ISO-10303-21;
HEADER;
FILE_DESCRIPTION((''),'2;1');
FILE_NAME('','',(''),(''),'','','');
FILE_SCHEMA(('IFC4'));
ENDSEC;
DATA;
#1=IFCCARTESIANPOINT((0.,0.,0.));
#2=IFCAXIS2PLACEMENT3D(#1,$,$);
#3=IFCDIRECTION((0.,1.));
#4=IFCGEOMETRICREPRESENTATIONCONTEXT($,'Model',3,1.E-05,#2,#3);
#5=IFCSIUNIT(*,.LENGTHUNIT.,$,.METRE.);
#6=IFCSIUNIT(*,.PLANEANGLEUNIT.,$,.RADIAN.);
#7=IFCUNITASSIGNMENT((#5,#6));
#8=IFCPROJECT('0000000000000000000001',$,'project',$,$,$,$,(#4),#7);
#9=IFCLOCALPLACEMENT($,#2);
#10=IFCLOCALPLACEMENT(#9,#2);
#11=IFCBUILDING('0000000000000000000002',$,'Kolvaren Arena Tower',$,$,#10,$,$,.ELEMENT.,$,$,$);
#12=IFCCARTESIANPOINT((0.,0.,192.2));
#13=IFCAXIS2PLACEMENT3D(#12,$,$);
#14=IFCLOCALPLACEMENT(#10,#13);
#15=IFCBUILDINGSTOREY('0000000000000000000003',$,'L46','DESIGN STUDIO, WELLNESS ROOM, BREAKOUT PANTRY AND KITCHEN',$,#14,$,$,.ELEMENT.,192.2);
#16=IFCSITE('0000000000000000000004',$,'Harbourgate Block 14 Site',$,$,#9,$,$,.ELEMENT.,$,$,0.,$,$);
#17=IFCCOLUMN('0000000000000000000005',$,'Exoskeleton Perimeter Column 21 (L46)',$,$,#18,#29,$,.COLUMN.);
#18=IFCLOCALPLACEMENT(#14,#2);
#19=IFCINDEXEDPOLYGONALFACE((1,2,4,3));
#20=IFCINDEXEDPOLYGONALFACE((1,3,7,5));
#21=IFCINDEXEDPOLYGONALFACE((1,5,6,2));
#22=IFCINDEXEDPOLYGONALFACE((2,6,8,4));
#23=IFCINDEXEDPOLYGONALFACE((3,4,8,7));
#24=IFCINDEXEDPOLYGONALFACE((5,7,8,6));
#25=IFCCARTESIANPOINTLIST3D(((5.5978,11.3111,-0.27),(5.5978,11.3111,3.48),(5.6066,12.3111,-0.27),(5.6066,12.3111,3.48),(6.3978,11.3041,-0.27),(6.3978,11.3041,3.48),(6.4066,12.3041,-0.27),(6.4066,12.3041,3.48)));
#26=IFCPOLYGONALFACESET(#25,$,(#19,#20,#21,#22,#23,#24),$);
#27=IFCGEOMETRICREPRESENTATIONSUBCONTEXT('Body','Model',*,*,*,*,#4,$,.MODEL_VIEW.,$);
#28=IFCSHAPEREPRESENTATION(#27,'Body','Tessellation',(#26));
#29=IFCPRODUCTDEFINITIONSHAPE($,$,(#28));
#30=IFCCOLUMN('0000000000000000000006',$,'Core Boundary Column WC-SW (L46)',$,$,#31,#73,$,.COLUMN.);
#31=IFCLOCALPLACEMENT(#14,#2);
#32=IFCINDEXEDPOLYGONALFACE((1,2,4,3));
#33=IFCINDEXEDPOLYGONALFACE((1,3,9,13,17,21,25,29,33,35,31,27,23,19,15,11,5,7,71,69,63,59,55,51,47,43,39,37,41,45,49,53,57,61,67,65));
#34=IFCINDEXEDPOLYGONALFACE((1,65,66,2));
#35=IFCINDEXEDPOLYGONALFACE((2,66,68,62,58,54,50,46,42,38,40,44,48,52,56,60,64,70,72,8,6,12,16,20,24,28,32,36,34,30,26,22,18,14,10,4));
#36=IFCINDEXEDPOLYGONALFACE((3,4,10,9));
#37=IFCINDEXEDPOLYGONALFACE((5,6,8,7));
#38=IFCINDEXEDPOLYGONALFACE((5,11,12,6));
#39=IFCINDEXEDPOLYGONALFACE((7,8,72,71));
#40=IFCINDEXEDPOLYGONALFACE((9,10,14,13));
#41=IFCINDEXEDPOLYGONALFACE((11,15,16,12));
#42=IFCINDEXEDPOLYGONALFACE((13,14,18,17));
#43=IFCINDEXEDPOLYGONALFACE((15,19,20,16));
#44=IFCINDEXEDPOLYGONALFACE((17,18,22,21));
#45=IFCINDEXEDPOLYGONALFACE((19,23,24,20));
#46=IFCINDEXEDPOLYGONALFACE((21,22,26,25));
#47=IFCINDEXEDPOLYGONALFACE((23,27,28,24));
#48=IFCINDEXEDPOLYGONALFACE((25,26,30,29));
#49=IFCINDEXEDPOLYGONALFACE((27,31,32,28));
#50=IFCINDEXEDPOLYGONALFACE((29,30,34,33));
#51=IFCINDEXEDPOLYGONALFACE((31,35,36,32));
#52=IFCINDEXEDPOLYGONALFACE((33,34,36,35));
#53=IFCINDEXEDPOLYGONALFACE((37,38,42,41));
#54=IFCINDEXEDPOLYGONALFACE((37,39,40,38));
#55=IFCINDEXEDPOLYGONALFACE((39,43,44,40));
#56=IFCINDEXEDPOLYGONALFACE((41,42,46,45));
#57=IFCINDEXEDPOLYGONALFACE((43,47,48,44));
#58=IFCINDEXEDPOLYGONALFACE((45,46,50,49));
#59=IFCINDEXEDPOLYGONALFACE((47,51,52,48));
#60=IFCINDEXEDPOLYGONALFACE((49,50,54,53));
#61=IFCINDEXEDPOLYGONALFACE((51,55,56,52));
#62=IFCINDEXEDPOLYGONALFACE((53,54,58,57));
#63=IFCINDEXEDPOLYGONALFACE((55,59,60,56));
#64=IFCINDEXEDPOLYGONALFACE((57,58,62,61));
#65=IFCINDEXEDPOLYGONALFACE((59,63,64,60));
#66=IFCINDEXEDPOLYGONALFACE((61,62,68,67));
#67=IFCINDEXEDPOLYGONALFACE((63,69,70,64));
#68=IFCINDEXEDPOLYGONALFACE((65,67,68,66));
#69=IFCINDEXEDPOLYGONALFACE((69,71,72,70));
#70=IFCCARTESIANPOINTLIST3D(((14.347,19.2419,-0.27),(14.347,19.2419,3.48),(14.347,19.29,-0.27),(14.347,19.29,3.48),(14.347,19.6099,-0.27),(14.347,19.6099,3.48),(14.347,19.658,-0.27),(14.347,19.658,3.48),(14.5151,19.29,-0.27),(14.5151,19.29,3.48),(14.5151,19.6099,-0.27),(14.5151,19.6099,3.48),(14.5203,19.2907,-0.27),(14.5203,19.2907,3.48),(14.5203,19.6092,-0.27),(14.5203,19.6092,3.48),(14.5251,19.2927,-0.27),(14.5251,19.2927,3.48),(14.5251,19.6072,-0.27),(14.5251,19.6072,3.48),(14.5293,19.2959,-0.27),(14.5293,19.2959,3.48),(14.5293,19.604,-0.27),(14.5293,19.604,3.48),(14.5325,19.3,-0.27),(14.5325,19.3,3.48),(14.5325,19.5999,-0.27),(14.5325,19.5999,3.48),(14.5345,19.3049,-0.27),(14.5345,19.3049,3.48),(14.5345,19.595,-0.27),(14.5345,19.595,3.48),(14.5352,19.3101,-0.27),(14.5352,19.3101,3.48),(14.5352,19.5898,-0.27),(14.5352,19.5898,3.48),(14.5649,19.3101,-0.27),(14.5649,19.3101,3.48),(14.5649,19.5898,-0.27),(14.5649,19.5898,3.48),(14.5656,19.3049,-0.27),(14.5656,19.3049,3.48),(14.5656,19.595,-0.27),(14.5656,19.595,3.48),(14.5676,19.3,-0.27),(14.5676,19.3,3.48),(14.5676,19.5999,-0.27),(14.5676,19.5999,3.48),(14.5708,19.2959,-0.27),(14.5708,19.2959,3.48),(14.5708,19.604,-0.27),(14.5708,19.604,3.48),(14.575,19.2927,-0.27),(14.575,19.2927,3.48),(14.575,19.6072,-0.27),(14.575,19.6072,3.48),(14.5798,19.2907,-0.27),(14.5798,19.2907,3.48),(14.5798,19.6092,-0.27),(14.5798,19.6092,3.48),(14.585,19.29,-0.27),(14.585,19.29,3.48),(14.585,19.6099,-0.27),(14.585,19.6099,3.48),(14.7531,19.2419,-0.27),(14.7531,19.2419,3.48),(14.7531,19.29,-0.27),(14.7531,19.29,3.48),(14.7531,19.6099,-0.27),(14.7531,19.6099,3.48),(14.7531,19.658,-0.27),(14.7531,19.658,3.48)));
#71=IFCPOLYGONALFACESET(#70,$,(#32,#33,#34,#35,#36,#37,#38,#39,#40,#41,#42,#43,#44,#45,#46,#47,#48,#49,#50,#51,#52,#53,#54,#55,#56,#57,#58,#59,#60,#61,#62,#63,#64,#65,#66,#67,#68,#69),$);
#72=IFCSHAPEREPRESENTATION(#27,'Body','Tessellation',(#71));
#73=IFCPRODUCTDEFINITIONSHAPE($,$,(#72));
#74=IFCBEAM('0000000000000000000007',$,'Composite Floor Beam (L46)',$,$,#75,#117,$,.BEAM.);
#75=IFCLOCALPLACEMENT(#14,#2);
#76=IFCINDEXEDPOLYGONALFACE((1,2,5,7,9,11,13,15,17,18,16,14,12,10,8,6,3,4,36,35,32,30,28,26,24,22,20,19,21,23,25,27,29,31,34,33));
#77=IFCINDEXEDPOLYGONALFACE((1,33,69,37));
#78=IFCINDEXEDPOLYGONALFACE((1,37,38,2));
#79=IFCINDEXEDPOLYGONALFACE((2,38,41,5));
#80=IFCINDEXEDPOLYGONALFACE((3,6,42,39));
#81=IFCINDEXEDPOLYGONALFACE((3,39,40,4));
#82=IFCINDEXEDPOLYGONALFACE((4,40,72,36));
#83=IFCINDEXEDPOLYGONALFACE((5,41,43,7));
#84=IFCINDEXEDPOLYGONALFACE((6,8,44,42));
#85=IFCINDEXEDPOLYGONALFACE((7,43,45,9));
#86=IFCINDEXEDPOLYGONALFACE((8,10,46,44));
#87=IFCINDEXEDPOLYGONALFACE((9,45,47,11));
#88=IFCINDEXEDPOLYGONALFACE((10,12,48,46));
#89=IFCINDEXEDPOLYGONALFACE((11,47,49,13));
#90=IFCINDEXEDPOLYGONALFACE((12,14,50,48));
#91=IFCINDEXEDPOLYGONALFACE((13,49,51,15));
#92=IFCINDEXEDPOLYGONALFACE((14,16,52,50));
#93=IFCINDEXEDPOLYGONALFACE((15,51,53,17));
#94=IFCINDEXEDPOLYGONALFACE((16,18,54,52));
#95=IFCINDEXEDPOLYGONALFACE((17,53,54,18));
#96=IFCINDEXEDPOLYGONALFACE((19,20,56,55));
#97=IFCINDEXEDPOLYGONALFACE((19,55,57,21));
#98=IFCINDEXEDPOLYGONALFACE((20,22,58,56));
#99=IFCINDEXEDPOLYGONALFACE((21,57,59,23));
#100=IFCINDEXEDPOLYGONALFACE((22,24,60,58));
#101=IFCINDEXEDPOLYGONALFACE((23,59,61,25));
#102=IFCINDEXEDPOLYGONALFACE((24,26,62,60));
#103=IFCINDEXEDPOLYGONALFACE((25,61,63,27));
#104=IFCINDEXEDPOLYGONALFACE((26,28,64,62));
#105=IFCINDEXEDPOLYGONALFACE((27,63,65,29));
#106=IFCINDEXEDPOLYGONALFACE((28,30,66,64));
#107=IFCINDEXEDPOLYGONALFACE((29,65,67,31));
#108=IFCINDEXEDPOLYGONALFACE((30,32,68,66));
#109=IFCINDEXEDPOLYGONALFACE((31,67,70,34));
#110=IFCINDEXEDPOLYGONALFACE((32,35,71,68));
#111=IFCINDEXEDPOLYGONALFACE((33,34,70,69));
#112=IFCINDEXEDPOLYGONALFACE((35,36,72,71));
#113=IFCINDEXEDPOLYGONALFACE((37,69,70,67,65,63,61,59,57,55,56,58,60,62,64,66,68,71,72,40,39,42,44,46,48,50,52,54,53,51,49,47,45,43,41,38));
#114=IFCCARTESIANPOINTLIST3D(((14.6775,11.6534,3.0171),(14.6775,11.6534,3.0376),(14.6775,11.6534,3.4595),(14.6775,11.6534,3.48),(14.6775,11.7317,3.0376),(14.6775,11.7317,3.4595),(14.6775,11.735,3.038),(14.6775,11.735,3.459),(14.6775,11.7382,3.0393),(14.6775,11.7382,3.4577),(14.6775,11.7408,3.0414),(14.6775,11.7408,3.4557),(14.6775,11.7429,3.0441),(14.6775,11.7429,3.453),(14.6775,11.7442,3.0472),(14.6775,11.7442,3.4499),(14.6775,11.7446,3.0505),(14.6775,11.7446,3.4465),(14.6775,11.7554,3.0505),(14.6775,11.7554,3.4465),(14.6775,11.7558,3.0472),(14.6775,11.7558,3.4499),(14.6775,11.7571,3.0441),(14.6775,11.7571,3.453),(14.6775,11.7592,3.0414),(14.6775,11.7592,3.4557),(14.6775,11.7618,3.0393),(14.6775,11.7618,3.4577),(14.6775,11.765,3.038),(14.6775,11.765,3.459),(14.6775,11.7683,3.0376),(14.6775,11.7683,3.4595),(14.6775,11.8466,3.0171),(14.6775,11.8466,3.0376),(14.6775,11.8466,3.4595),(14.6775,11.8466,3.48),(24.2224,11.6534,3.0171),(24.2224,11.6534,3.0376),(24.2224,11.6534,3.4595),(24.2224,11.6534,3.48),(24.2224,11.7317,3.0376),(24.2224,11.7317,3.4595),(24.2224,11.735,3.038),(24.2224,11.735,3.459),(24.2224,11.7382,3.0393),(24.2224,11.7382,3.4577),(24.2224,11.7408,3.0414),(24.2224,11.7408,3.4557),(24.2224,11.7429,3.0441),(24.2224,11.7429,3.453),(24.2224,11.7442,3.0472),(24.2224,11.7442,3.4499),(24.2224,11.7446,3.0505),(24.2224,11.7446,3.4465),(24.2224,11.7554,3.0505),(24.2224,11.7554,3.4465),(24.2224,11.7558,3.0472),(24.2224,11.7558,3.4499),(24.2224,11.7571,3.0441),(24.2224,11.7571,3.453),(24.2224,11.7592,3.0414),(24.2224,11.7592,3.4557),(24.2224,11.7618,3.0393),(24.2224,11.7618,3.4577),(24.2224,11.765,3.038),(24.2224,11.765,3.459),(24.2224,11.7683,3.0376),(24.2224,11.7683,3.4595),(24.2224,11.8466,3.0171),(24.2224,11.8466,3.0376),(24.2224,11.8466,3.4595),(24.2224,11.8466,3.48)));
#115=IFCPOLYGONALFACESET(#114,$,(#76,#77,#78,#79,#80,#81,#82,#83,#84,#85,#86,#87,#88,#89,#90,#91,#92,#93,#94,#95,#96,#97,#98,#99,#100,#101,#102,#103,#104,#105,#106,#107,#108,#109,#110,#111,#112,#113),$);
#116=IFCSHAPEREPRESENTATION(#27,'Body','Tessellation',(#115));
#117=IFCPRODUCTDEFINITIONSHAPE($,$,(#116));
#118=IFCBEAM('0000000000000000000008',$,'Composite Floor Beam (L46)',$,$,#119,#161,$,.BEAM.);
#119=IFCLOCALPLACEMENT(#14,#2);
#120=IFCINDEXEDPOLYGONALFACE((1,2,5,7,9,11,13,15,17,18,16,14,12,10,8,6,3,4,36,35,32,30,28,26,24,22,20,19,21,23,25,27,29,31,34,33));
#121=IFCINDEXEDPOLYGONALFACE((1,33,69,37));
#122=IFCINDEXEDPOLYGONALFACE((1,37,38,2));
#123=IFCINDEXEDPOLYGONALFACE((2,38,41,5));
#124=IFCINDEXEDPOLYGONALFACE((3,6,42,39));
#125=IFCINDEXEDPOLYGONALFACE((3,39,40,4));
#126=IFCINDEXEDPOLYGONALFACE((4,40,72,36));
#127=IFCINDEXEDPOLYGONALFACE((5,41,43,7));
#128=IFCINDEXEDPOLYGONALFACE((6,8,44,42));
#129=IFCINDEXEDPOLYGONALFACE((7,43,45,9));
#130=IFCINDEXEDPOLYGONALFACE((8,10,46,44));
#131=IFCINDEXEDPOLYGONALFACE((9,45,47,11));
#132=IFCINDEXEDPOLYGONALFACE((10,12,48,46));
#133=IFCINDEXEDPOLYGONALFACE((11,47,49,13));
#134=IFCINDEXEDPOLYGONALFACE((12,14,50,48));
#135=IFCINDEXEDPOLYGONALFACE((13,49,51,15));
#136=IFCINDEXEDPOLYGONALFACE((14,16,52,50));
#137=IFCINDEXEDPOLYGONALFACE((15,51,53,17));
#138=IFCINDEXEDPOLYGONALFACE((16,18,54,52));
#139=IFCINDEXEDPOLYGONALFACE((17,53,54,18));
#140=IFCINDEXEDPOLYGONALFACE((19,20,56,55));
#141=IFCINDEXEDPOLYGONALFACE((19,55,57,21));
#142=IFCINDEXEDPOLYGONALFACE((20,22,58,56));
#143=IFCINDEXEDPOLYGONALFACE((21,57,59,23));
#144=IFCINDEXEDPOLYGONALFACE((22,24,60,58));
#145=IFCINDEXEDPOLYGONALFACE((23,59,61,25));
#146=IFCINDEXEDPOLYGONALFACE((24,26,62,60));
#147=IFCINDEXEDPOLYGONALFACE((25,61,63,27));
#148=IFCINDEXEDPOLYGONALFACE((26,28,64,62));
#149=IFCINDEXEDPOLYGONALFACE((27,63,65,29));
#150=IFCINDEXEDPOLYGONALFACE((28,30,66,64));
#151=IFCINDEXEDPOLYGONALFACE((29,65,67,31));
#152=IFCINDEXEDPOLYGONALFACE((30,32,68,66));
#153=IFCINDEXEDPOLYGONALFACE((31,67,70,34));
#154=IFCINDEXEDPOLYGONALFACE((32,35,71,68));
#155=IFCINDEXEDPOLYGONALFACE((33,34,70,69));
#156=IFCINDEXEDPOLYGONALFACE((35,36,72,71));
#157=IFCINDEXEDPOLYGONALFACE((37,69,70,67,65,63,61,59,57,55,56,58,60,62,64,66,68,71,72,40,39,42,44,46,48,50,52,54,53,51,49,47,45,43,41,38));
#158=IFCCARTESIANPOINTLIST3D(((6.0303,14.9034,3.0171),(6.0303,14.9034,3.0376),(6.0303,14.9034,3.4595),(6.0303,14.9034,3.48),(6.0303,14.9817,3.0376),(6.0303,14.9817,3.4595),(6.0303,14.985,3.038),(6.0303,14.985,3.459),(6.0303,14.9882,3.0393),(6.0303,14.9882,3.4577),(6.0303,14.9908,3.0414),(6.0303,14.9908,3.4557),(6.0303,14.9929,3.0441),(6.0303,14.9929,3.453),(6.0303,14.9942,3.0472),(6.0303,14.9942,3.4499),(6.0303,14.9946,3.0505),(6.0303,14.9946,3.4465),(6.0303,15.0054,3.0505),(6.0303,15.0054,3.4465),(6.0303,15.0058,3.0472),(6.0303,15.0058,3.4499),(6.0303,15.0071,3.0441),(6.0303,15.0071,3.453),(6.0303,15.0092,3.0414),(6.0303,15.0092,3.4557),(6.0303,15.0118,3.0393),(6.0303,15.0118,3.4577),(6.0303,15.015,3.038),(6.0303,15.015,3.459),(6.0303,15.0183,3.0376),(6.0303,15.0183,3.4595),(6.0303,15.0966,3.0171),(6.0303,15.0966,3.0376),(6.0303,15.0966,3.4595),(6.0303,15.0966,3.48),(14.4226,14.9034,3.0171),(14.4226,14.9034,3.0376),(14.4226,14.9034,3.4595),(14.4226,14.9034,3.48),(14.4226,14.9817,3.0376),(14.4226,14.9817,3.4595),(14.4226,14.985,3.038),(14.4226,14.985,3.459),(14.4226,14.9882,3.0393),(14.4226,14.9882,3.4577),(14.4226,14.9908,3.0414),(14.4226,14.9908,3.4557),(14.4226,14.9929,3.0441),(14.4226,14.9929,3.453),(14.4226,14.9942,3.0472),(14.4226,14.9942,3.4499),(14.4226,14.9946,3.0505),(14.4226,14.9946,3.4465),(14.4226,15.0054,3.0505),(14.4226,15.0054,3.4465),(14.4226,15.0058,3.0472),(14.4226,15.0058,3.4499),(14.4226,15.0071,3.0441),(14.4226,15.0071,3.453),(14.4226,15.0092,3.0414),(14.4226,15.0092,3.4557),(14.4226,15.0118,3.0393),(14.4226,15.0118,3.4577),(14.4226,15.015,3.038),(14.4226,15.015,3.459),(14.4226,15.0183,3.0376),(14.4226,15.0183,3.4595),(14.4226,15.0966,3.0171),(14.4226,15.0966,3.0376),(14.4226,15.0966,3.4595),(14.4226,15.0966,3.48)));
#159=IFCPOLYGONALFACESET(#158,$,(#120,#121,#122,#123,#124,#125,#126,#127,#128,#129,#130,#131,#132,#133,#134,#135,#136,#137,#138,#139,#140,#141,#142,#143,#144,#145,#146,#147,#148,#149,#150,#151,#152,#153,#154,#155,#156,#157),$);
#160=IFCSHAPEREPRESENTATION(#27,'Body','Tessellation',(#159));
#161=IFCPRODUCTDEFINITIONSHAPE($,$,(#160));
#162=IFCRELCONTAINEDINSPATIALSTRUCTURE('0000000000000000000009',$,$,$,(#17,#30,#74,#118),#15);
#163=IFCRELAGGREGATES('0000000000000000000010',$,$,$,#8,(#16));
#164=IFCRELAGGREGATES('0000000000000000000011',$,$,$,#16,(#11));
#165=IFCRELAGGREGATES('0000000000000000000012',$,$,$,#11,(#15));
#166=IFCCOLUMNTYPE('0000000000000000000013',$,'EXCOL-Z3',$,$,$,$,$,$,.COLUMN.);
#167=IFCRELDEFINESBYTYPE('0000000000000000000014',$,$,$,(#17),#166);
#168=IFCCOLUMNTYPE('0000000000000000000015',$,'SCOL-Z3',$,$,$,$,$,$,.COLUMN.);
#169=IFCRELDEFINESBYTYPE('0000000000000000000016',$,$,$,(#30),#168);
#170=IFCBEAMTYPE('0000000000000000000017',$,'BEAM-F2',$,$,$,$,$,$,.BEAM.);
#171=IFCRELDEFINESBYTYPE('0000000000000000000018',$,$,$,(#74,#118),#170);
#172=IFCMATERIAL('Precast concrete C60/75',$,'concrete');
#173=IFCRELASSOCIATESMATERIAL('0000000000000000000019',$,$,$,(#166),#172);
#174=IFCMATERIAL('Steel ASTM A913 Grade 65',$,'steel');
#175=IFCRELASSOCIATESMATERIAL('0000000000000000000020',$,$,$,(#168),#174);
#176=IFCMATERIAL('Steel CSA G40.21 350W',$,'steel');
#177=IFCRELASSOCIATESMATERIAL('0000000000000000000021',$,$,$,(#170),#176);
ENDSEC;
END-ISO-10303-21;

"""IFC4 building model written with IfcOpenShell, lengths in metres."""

from ifc_helpers import new_model, si_unit, direction, frame, origin, origin_2d, place, context, subcontext, project, spatial, rectangle, i_section, extrude, material, material_profile, profile_set, type_object, element, save


model = new_model("IFC4")

# Units and contexts
model_context = context("Model", 3, precision=1e-05, world=origin(), true_north=direction((0.0, 1.0)))
body_context = subcontext(model_context, "Body", "Model", "MODEL_VIEW")
ifc_project = project(units=[si_unit("LENGTHUNIT", "METRE"), si_unit("PLANEANGLEUNIT", "RADIAN")], contexts=[model_context])

# Site, building, storey
site_placement = place(None, origin())
site = spatial("IfcSite", under=ifc_project, at=site_placement, Name="Harbourgate Block 14 Site", CompositionType="ELEMENT", RefElevation=0.0)
building_placement = place(site_placement, origin())
building = spatial("IfcBuilding", under=site, at=building_placement, Name="Kolvaren Arena Tower", CompositionType="ELEMENT")
storey_placement = place(building_placement, frame((0.0, 0.0, 192.2)))
storey = spatial("IfcBuildingStorey", under=building, at=storey_placement, Name="L46", Description="DESIGN STUDIO, WELLNESS ROOM, BREAKOUT PANTRY AND KITCHEN", CompositionType="ELEMENT", Elevation=192.2)

# Columns
ifc_material_1 = material(Name="Precast concrete C60/75", Category="concrete")
ifc_material_profile_1 = material_profile(ifc_material_1, rectangle(XDim=1.0, YDim=0.8, at=origin_2d()), Name="RC-1000x800")
ifc_profile_set_1 = profile_set([ifc_material_profile_1], Name="Precast concrete C60/75")
column_type_1 = type_object("IfcColumnType", Name="EXCOL-Z3", PredefinedType="COLUMN", material=ifc_profile_set_1)
column_1_placement = place(storey_placement, frame((6.0022, 11.8076, -0.27), z_axis=(0.0, 0.0, 1.0), x_axis=(0.008727, 0.999962, 0.0)))
element("IfcColumn", 1, at=column_1_placement, inside=storey, type_object=column_type_1, Name="Exoskeleton Perimeter Column 21 (L46)", PredefinedType="COLUMN", context=body_context, shape_type="SweptSolid", body=[
    extrude(rectangle(XDim=1.0, YDim=0.8, at=origin_2d()), origin(), (0.0, 0.0, 1.0), 3.75),
])
ifc_material_2 = material(Name="Steel ASTM A913 Grade 65", Category="steel")
ifc_material_profile_2 = material_profile(ifc_material_2, i_section(OverallWidth=0.406, OverallDepth=0.416, WebThickness=0.0298, FlangeThickness=0.0481, FilletRadius=0.02, at=origin_2d()), Name="W360x382")
ifc_profile_set_2 = profile_set([ifc_material_profile_2], Name="Steel ASTM A913 Grade 65")
column_type_2 = type_object("IfcColumnType", Name="SCOL-Z3", PredefinedType="COLUMN", material=ifc_profile_set_2)
column_2_placement = place(storey_placement, frame((14.55, 19.45, -0.27), z_axis=(0.0, 0.0, 1.0), x_axis=(1.0, 0.0, 0.0)))
element("IfcColumn", 2, at=column_2_placement, inside=storey, type_object=column_type_2, Name="Core Boundary Column WC-SW (L46)", PredefinedType="COLUMN", context=body_context, shape_type="SweptSolid", body=[
    extrude(i_section(OverallWidth=0.406, OverallDepth=0.416, WebThickness=0.0298, FlangeThickness=0.0481, FilletRadius=0.02, at=origin_2d()), origin(), (0.0, 0.0, 1.0), 3.75),
])

# Beams
ifc_material_3 = material(Name="Steel CSA G40.21 350W", Category="steel")
ifc_material_profile_3 = material_profile(ifc_material_3, i_section(OverallWidth=0.1931, OverallDepth=0.4629, WebThickness=0.0107, FlangeThickness=0.0205, FilletRadius=0.0129, at=origin_2d()), Name="W460x113")
ifc_profile_set_3 = profile_set([ifc_material_profile_3], Name="Steel CSA G40.21 350W")
beam_type_1 = type_object("IfcBeamType", Name="BEAM-F2", PredefinedType="BEAM", material=ifc_profile_set_3)
beam_1_placement = place(storey_placement, frame((14.6775, 11.75, 3.2485), z_axis=(1.0, 0.0, 0.0), x_axis=(0.0, 1.0, 0.0)))
element("IfcBeam", 3, at=beam_1_placement, inside=storey, type_object=beam_type_1, Name="Composite Floor Beam (L46)", PredefinedType="BEAM", context=body_context, shape_type="SweptSolid", body=[
    extrude(i_section(OverallWidth=0.1931, OverallDepth=0.4629, WebThickness=0.0107, FlangeThickness=0.0205, FilletRadius=0.0129, at=origin_2d()), origin(), (0.0, 0.0, 1.0), 9.5449),
])
beam_2_placement = place(storey_placement, frame((6.0303, 15.0, 3.2485), z_axis=(1.0, 0.0, 0.0), x_axis=(0.0, 1.0, 0.0)))
element("IfcBeam", 4, at=beam_2_placement, inside=storey, type_object=beam_type_1, Name="Composite Floor Beam (L46)", PredefinedType="BEAM", context=body_context, shape_type="SweptSolid", body=[
    extrude(i_section(OverallWidth=0.1931, OverallDepth=0.4629, WebThickness=0.0107, FlangeThickness=0.0205, FilletRadius=0.0129, at=origin_2d()), origin(), (0.0, 0.0, 1.0), 8.3923),
])

save(model, "model.ifc")
